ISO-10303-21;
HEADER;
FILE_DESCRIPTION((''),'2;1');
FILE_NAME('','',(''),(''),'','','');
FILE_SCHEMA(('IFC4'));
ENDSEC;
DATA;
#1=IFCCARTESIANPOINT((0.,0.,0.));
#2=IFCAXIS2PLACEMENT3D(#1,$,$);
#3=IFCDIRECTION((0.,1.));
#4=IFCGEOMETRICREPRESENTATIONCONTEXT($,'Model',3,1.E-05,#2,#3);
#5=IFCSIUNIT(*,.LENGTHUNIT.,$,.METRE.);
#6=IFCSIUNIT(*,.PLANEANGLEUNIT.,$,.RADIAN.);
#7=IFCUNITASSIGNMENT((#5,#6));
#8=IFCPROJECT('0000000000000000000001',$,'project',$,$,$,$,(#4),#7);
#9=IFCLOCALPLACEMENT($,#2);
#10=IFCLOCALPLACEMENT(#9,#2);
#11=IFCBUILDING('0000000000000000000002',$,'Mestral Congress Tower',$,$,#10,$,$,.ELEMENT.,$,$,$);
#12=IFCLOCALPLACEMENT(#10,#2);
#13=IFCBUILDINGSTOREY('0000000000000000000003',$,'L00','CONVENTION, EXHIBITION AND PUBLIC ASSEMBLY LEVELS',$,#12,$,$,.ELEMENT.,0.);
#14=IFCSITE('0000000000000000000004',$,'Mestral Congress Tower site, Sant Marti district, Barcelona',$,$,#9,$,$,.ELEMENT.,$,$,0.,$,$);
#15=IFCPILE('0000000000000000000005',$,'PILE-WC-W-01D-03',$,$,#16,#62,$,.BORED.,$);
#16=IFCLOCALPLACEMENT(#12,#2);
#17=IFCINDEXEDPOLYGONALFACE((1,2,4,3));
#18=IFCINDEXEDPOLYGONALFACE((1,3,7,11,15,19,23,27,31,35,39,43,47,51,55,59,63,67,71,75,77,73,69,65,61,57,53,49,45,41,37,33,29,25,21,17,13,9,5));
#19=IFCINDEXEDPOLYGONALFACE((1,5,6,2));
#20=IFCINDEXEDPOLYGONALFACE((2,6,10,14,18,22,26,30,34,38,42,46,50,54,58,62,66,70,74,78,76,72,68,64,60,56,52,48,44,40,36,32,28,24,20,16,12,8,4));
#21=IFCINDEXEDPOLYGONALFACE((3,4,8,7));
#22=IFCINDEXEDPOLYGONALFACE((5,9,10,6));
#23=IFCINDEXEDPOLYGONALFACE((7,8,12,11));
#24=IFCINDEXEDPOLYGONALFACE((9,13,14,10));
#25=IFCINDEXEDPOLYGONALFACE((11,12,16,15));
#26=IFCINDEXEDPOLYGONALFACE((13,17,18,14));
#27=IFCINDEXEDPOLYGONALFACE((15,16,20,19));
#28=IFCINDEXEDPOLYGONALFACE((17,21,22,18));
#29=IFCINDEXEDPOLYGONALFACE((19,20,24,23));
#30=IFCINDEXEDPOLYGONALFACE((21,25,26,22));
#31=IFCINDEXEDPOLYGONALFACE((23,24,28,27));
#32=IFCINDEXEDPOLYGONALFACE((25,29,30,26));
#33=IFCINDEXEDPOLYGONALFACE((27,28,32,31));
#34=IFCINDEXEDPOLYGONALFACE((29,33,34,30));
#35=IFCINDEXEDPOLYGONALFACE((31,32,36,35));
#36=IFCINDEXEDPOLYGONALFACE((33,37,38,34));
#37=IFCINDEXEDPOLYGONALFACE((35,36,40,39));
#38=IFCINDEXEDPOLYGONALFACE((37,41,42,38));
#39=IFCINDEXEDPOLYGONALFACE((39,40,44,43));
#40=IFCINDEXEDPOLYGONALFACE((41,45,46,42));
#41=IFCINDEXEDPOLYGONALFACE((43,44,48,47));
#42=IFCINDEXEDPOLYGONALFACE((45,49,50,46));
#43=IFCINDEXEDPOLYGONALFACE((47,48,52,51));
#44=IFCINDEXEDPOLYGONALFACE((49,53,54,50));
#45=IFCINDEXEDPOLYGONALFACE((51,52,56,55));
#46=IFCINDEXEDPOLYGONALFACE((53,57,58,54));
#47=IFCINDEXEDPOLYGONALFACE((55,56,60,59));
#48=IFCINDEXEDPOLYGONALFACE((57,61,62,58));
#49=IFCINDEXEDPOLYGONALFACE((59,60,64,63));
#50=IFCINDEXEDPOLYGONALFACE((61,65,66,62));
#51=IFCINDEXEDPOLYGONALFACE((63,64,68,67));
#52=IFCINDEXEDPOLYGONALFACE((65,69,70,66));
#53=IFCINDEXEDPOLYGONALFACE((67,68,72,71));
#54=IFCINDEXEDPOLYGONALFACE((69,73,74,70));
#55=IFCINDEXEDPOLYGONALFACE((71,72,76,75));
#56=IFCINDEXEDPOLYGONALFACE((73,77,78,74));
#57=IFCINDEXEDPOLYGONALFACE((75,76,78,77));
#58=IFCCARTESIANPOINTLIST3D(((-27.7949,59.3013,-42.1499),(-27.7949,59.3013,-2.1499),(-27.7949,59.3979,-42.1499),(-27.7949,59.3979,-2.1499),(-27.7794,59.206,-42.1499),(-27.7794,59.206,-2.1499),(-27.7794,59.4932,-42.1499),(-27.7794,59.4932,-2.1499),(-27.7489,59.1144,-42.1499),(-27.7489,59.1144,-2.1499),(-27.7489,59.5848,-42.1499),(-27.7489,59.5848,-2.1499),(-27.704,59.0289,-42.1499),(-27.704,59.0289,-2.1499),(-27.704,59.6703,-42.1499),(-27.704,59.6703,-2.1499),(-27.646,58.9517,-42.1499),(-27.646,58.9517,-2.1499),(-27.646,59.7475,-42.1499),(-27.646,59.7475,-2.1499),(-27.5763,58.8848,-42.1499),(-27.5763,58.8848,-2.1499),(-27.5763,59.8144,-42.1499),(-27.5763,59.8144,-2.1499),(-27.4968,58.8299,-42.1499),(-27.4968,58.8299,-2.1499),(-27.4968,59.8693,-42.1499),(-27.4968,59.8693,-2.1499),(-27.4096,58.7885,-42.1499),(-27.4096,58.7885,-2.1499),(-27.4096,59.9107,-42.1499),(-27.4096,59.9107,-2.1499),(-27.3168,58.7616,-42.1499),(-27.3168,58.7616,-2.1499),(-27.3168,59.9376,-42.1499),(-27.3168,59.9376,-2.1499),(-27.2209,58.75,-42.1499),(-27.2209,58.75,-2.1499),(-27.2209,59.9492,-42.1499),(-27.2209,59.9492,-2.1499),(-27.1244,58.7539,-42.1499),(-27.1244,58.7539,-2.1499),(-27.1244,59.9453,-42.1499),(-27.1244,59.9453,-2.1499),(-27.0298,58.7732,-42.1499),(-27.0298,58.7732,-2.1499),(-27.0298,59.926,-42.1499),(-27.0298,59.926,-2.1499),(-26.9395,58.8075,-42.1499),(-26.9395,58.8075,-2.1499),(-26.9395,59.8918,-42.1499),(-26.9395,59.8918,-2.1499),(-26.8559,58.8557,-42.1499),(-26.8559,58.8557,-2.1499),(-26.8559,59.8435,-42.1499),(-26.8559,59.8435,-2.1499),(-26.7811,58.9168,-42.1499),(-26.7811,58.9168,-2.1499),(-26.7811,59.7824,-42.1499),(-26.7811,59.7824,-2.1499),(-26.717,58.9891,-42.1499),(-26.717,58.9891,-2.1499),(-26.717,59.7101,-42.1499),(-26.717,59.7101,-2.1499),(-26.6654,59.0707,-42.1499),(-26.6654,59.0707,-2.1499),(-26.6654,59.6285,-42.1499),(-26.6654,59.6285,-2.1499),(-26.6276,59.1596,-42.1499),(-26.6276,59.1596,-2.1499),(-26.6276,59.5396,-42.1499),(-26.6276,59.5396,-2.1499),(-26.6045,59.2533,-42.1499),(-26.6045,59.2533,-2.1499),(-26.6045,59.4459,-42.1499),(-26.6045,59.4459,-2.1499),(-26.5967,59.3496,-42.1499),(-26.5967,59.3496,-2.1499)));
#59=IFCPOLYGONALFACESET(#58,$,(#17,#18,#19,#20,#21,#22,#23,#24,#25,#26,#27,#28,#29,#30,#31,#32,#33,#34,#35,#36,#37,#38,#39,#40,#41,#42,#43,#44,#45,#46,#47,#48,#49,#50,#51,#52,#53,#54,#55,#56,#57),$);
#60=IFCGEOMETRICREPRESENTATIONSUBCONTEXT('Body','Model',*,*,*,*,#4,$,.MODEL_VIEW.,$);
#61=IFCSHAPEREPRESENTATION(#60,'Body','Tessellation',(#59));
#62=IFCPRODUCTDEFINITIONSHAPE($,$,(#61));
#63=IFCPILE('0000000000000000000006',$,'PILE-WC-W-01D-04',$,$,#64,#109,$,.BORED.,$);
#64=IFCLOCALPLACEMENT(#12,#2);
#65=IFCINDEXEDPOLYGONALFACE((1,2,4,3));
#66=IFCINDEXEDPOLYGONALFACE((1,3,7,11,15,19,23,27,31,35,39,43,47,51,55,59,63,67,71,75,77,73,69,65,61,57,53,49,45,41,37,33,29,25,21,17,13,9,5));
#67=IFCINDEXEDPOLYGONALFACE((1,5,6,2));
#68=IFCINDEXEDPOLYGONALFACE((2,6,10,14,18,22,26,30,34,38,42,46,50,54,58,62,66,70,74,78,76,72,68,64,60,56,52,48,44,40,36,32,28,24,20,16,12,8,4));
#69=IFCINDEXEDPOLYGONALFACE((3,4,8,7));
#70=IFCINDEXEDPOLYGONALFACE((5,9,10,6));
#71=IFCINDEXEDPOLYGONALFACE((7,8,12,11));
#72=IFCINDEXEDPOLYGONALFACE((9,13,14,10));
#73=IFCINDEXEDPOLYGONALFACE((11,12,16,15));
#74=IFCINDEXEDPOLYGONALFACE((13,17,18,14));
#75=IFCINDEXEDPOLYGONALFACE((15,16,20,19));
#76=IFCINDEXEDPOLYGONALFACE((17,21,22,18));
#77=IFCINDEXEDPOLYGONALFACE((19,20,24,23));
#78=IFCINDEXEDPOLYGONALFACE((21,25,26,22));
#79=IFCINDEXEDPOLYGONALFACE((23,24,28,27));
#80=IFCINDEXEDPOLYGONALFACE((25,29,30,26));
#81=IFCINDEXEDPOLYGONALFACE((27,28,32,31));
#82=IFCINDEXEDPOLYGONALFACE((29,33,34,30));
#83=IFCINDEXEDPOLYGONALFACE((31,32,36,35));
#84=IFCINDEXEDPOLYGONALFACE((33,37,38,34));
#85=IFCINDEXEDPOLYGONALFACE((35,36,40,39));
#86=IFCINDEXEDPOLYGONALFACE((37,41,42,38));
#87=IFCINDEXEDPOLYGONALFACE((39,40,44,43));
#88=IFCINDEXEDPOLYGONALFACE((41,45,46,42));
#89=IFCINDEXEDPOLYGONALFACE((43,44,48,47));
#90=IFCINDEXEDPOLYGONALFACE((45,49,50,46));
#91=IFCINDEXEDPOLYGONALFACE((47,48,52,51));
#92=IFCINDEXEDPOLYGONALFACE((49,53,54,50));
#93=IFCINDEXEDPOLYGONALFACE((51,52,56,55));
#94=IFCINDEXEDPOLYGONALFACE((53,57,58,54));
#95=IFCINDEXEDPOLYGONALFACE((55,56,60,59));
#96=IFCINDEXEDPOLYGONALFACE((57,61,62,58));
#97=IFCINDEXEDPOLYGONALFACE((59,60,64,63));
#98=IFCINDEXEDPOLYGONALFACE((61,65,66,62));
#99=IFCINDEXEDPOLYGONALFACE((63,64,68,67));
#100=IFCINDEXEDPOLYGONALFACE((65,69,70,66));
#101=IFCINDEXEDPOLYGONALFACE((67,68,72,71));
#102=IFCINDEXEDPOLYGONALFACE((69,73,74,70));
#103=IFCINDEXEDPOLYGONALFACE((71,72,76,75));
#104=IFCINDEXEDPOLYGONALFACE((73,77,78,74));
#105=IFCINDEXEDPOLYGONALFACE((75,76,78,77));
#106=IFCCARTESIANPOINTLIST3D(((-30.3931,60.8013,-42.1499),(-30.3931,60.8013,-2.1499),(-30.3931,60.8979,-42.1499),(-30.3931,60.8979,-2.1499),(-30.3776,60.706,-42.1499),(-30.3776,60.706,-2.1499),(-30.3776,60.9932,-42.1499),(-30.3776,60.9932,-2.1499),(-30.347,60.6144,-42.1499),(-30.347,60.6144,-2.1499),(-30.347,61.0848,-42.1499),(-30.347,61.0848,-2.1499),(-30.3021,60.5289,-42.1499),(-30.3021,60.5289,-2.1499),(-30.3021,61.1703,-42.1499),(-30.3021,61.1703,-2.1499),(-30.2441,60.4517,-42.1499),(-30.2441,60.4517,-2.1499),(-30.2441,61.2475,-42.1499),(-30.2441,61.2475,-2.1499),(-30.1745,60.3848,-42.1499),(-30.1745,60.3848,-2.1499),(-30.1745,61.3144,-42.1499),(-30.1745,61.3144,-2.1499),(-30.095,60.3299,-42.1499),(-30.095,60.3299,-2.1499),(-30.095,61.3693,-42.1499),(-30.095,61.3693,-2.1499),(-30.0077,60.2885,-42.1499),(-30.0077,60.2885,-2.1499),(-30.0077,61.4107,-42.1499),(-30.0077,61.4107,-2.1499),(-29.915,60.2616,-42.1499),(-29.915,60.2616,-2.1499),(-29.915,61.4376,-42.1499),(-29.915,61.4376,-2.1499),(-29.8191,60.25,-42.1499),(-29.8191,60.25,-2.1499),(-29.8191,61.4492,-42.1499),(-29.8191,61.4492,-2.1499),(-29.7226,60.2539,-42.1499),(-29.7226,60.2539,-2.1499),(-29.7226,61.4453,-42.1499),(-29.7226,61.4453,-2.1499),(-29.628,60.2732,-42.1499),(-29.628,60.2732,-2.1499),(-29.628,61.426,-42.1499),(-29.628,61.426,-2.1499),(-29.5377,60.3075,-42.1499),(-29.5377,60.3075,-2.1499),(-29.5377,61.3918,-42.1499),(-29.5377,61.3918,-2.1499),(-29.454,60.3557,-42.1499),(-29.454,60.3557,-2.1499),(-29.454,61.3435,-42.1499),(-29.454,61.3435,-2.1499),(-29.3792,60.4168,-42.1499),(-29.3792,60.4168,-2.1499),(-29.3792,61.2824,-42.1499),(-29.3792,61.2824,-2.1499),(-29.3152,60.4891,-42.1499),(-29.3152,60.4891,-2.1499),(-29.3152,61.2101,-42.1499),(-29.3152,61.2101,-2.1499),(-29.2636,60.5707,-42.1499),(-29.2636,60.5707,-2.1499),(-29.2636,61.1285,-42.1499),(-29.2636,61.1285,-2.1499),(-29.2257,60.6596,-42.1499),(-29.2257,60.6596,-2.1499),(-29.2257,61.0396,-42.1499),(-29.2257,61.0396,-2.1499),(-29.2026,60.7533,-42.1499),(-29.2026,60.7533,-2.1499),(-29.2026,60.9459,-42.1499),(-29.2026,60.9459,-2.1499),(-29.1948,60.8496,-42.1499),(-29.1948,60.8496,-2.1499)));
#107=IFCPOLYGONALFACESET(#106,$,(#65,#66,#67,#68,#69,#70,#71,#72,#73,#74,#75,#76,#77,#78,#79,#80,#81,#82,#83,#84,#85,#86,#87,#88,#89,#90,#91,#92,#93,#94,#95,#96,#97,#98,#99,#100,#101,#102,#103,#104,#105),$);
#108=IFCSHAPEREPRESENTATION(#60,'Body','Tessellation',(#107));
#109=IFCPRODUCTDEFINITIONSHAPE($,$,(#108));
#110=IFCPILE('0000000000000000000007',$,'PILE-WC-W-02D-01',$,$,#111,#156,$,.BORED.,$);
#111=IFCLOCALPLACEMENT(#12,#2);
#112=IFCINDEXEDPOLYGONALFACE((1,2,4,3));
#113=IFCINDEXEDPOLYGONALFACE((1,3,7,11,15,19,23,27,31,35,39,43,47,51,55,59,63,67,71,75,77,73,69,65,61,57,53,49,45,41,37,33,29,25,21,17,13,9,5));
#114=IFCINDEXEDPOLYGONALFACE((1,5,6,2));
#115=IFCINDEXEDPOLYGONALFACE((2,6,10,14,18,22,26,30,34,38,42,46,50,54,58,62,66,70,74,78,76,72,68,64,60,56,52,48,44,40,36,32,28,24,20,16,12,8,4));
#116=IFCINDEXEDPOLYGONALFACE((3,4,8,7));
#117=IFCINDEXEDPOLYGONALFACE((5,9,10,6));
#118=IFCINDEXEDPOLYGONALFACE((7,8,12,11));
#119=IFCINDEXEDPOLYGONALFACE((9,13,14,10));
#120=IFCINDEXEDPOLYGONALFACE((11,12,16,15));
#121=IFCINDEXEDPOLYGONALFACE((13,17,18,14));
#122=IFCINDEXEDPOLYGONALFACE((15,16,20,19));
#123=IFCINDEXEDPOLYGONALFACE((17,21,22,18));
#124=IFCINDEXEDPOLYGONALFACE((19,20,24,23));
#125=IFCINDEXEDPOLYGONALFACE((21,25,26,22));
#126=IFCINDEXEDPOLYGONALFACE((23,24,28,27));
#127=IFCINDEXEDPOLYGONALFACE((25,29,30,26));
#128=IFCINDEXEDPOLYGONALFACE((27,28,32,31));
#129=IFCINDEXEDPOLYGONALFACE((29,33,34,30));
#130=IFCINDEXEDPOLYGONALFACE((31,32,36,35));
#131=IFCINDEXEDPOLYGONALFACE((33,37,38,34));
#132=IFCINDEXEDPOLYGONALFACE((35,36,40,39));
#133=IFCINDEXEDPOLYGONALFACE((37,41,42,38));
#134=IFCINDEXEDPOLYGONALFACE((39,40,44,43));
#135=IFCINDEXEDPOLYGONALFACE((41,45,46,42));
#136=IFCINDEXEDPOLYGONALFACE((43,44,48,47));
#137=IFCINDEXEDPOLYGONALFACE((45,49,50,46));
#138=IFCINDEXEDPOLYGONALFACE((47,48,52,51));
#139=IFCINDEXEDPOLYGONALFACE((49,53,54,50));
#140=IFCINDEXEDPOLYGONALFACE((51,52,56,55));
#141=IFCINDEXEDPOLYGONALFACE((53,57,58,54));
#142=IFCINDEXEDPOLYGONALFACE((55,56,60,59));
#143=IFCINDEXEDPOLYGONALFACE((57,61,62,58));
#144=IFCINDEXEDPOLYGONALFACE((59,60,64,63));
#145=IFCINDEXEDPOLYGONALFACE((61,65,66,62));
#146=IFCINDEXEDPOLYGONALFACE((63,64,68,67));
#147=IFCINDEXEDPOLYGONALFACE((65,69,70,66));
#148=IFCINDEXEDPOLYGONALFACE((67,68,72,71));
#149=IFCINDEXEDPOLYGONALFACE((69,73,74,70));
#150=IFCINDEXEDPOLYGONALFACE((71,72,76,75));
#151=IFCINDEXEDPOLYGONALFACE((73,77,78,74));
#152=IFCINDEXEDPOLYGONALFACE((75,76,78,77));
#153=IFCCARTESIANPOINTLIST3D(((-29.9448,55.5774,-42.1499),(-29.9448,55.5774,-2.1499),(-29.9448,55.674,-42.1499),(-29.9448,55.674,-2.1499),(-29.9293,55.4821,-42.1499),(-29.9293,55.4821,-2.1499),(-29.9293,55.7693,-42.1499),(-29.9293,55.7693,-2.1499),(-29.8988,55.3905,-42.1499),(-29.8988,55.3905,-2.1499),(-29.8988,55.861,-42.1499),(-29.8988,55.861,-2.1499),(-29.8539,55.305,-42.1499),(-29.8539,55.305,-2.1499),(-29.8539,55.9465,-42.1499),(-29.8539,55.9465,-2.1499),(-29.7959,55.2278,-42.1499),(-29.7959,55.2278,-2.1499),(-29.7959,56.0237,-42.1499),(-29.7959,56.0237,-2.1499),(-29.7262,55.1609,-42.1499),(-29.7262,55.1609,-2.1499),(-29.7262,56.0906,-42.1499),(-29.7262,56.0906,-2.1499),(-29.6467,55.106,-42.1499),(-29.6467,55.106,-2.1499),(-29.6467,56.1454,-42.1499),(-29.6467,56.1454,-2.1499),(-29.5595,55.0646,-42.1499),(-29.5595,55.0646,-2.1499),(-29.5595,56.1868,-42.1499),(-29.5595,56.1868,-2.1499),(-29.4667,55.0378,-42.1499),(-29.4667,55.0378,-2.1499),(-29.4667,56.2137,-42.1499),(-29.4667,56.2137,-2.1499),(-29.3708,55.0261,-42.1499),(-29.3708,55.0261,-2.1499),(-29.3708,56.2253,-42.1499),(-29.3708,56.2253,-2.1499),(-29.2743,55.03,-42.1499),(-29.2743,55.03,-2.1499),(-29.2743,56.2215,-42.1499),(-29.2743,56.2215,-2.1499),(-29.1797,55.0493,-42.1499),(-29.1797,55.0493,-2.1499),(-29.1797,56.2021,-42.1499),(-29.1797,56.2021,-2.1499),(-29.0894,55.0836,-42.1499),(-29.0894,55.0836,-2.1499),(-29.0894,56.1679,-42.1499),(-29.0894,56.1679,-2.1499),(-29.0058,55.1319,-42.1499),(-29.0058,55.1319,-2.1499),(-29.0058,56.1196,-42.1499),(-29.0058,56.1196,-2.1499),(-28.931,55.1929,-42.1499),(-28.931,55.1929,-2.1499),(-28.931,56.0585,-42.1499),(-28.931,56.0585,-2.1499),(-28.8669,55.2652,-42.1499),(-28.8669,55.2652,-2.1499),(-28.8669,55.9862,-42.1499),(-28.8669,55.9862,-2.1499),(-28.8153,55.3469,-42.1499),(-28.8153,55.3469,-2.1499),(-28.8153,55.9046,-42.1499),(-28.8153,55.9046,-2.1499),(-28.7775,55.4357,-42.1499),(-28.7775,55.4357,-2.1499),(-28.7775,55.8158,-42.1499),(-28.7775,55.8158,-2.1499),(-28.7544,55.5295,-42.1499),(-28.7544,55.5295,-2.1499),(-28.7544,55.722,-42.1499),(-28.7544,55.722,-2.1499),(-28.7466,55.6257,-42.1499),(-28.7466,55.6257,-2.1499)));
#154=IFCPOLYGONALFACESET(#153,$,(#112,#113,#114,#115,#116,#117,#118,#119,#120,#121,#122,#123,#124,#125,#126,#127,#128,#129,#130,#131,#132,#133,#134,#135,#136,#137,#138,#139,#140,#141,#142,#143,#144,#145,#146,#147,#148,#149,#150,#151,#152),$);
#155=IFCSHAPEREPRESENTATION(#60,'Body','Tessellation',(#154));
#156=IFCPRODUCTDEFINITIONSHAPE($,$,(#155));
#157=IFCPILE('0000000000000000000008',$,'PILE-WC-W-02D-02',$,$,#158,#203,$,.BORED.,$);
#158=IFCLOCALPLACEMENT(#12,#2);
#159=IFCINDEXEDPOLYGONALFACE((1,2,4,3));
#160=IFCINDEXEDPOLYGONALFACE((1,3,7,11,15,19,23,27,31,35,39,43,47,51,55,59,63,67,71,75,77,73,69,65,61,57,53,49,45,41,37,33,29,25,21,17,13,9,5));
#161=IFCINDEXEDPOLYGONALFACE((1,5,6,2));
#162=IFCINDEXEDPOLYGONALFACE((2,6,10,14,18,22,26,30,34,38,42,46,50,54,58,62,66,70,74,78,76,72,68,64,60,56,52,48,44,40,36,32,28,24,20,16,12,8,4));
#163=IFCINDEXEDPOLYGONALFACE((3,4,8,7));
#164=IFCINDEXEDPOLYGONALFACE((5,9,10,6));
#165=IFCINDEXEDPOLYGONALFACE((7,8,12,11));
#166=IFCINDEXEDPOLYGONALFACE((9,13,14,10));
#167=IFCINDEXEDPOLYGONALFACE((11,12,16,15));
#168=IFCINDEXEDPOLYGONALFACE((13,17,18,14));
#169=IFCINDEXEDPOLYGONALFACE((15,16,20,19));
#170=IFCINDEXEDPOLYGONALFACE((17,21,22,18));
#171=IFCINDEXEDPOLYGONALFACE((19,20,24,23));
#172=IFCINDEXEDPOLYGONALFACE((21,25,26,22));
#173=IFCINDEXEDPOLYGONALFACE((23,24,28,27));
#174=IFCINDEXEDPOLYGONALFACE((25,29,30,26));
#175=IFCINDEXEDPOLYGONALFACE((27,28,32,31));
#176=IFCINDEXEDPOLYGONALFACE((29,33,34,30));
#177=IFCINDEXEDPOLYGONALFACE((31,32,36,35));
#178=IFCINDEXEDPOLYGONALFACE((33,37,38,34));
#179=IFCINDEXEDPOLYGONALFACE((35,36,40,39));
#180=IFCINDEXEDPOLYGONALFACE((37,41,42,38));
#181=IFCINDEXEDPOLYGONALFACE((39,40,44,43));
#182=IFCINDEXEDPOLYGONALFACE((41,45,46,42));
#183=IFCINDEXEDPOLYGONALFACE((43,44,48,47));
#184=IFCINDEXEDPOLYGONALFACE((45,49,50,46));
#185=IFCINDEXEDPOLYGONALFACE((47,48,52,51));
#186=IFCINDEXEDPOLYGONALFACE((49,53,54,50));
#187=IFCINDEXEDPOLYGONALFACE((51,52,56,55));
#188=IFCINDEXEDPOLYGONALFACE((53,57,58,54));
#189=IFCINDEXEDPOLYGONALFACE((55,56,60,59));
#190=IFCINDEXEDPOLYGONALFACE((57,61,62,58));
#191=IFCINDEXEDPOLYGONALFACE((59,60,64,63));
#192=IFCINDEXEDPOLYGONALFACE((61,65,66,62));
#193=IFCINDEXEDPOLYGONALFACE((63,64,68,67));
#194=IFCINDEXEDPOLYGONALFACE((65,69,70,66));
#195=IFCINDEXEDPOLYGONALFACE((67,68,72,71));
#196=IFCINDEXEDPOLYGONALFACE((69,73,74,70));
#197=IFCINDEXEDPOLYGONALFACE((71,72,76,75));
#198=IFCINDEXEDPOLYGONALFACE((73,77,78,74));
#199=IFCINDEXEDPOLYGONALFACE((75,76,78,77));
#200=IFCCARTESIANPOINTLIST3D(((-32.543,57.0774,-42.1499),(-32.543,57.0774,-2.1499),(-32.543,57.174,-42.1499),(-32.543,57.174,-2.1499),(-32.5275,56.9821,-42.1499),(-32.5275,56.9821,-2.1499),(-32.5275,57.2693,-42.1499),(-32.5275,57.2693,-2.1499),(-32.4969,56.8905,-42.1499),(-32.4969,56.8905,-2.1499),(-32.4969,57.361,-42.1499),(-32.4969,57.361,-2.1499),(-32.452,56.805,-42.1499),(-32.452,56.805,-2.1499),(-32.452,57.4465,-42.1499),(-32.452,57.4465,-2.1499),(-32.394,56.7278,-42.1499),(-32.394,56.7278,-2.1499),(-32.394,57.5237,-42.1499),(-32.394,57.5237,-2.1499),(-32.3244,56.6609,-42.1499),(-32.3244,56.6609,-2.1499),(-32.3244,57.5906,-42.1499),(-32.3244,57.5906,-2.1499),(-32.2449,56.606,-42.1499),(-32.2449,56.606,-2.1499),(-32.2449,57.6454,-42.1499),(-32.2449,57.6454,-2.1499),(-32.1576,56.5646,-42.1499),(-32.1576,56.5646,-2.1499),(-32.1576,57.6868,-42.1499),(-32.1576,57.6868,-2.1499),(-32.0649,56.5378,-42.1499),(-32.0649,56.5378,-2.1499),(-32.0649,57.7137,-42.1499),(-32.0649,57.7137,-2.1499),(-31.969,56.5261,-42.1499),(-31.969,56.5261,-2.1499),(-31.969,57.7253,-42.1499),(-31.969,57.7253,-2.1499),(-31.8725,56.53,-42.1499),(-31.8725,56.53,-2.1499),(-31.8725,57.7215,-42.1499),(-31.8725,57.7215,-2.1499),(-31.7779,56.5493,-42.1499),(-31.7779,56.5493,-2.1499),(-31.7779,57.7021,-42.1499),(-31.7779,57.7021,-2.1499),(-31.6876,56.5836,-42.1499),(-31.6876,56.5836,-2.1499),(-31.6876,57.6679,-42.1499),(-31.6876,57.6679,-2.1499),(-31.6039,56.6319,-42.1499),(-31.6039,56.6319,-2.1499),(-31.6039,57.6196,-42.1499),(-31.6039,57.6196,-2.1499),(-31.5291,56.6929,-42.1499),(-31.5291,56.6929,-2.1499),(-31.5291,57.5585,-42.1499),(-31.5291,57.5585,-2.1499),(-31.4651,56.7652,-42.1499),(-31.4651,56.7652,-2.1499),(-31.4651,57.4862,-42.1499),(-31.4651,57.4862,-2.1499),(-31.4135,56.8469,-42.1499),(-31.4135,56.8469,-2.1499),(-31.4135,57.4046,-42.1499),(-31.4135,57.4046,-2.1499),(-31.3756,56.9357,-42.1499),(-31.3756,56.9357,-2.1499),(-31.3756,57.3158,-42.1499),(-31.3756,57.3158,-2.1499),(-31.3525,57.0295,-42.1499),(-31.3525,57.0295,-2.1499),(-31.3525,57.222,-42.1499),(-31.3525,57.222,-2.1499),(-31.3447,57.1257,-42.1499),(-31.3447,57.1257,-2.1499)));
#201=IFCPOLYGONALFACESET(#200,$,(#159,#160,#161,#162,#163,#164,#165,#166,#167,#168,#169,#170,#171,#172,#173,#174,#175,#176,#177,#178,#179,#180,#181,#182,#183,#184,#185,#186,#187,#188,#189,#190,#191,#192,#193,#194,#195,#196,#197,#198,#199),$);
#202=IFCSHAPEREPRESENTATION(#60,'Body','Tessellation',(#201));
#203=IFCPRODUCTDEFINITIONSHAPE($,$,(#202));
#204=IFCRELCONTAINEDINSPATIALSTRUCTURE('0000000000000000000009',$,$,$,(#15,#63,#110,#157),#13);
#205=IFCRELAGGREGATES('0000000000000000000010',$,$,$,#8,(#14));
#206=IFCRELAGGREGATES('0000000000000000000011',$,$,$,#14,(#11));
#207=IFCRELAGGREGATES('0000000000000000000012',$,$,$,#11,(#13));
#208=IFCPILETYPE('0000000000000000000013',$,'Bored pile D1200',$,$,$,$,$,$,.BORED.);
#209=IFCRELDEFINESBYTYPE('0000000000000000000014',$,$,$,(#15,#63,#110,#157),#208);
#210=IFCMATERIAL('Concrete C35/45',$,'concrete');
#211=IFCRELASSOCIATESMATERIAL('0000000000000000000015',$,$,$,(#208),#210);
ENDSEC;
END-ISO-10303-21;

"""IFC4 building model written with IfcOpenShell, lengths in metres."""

from ifc_helpers import new_model, si_unit, direction, frame, origin, origin_2d, place, context, subcontext, project, spatial, circle, extrude, material, material_profile, profile_set, type_object, element, save


model = new_model("IFC4")

# Units and contexts
model_context = context("Model", 3, precision=1e-05, world=origin(), true_north=direction((0.0, 1.0)))
body_context = subcontext(model_context, "Body", "Model", "MODEL_VIEW")
ifc_project = project(units=[si_unit("LENGTHUNIT", "METRE"), si_unit("PLANEANGLEUNIT", "RADIAN")], contexts=[model_context])

# Site, building, storey
site_placement = place(None, origin())
site = spatial("IfcSite", under=ifc_project, at=site_placement, Name="Mestral Congress Tower site, Sant Marti district, Barcelona", CompositionType="ELEMENT", RefElevation=0.0)
building_placement = place(site_placement, origin())
building = spatial("IfcBuilding", under=site, at=building_placement, Name="Mestral Congress Tower", CompositionType="ELEMENT")
storey_placement = place(building_placement, origin())
storey = spatial("IfcBuildingStorey", under=building, at=storey_placement, Name="L00", Description="CONVENTION, EXHIBITION AND PUBLIC ASSEMBLY LEVELS", CompositionType="ELEMENT", Elevation=0.0)

# Piles
ifc_material_1 = material(Name="Concrete C35/45", Category="concrete")
ifc_material_profile_1 = material_profile(ifc_material_1, circle(Radius=0.6001, at=origin_2d()), Name="D1200")
ifc_profile_set_1 = profile_set([ifc_material_profile_1], Name="Concrete C35/45")
pile_type = type_object("IfcPileType", Name="Bored pile D1200", PredefinedType="BORED", material=ifc_profile_set_1)
for number, where, z_axis, x_axis, name in (
    (1, (-27.1968, 59.3496, -2.1499), (0.0, 0.0, -1.0), (1.0, 0.0, 0.0), "PILE-WC-W-01D-03"),
    (2, (-29.7949, 60.8496, -2.1499), (0.0, 0.0, -1.0), (1.0, 0.0, 0.0), "PILE-WC-W-01D-04"),
    (3, (-29.3467, 55.6257, -2.1499), (0.0, 0.0, -1.0), (1.0, 0.0, 0.0), "PILE-WC-W-02D-01"),
    (4, (-31.9448, 57.1257, -2.1499), (0.0, 0.0, -1.0), (1.0, 0.0, 0.0), "PILE-WC-W-02D-02"),
):
    element("IfcPile", number, at=place(storey_placement, frame(where, z_axis=z_axis, x_axis=x_axis)), inside=storey, type_object=pile_type, Name=name, PredefinedType="BORED", context=body_context, shape_type="SweptSolid", body=[
        extrude(circle(Radius=0.6001, at=origin_2d()), origin(), (0.0, 0.0, 1.0), 40.0),
    ])

save(model, "model.ifc")
